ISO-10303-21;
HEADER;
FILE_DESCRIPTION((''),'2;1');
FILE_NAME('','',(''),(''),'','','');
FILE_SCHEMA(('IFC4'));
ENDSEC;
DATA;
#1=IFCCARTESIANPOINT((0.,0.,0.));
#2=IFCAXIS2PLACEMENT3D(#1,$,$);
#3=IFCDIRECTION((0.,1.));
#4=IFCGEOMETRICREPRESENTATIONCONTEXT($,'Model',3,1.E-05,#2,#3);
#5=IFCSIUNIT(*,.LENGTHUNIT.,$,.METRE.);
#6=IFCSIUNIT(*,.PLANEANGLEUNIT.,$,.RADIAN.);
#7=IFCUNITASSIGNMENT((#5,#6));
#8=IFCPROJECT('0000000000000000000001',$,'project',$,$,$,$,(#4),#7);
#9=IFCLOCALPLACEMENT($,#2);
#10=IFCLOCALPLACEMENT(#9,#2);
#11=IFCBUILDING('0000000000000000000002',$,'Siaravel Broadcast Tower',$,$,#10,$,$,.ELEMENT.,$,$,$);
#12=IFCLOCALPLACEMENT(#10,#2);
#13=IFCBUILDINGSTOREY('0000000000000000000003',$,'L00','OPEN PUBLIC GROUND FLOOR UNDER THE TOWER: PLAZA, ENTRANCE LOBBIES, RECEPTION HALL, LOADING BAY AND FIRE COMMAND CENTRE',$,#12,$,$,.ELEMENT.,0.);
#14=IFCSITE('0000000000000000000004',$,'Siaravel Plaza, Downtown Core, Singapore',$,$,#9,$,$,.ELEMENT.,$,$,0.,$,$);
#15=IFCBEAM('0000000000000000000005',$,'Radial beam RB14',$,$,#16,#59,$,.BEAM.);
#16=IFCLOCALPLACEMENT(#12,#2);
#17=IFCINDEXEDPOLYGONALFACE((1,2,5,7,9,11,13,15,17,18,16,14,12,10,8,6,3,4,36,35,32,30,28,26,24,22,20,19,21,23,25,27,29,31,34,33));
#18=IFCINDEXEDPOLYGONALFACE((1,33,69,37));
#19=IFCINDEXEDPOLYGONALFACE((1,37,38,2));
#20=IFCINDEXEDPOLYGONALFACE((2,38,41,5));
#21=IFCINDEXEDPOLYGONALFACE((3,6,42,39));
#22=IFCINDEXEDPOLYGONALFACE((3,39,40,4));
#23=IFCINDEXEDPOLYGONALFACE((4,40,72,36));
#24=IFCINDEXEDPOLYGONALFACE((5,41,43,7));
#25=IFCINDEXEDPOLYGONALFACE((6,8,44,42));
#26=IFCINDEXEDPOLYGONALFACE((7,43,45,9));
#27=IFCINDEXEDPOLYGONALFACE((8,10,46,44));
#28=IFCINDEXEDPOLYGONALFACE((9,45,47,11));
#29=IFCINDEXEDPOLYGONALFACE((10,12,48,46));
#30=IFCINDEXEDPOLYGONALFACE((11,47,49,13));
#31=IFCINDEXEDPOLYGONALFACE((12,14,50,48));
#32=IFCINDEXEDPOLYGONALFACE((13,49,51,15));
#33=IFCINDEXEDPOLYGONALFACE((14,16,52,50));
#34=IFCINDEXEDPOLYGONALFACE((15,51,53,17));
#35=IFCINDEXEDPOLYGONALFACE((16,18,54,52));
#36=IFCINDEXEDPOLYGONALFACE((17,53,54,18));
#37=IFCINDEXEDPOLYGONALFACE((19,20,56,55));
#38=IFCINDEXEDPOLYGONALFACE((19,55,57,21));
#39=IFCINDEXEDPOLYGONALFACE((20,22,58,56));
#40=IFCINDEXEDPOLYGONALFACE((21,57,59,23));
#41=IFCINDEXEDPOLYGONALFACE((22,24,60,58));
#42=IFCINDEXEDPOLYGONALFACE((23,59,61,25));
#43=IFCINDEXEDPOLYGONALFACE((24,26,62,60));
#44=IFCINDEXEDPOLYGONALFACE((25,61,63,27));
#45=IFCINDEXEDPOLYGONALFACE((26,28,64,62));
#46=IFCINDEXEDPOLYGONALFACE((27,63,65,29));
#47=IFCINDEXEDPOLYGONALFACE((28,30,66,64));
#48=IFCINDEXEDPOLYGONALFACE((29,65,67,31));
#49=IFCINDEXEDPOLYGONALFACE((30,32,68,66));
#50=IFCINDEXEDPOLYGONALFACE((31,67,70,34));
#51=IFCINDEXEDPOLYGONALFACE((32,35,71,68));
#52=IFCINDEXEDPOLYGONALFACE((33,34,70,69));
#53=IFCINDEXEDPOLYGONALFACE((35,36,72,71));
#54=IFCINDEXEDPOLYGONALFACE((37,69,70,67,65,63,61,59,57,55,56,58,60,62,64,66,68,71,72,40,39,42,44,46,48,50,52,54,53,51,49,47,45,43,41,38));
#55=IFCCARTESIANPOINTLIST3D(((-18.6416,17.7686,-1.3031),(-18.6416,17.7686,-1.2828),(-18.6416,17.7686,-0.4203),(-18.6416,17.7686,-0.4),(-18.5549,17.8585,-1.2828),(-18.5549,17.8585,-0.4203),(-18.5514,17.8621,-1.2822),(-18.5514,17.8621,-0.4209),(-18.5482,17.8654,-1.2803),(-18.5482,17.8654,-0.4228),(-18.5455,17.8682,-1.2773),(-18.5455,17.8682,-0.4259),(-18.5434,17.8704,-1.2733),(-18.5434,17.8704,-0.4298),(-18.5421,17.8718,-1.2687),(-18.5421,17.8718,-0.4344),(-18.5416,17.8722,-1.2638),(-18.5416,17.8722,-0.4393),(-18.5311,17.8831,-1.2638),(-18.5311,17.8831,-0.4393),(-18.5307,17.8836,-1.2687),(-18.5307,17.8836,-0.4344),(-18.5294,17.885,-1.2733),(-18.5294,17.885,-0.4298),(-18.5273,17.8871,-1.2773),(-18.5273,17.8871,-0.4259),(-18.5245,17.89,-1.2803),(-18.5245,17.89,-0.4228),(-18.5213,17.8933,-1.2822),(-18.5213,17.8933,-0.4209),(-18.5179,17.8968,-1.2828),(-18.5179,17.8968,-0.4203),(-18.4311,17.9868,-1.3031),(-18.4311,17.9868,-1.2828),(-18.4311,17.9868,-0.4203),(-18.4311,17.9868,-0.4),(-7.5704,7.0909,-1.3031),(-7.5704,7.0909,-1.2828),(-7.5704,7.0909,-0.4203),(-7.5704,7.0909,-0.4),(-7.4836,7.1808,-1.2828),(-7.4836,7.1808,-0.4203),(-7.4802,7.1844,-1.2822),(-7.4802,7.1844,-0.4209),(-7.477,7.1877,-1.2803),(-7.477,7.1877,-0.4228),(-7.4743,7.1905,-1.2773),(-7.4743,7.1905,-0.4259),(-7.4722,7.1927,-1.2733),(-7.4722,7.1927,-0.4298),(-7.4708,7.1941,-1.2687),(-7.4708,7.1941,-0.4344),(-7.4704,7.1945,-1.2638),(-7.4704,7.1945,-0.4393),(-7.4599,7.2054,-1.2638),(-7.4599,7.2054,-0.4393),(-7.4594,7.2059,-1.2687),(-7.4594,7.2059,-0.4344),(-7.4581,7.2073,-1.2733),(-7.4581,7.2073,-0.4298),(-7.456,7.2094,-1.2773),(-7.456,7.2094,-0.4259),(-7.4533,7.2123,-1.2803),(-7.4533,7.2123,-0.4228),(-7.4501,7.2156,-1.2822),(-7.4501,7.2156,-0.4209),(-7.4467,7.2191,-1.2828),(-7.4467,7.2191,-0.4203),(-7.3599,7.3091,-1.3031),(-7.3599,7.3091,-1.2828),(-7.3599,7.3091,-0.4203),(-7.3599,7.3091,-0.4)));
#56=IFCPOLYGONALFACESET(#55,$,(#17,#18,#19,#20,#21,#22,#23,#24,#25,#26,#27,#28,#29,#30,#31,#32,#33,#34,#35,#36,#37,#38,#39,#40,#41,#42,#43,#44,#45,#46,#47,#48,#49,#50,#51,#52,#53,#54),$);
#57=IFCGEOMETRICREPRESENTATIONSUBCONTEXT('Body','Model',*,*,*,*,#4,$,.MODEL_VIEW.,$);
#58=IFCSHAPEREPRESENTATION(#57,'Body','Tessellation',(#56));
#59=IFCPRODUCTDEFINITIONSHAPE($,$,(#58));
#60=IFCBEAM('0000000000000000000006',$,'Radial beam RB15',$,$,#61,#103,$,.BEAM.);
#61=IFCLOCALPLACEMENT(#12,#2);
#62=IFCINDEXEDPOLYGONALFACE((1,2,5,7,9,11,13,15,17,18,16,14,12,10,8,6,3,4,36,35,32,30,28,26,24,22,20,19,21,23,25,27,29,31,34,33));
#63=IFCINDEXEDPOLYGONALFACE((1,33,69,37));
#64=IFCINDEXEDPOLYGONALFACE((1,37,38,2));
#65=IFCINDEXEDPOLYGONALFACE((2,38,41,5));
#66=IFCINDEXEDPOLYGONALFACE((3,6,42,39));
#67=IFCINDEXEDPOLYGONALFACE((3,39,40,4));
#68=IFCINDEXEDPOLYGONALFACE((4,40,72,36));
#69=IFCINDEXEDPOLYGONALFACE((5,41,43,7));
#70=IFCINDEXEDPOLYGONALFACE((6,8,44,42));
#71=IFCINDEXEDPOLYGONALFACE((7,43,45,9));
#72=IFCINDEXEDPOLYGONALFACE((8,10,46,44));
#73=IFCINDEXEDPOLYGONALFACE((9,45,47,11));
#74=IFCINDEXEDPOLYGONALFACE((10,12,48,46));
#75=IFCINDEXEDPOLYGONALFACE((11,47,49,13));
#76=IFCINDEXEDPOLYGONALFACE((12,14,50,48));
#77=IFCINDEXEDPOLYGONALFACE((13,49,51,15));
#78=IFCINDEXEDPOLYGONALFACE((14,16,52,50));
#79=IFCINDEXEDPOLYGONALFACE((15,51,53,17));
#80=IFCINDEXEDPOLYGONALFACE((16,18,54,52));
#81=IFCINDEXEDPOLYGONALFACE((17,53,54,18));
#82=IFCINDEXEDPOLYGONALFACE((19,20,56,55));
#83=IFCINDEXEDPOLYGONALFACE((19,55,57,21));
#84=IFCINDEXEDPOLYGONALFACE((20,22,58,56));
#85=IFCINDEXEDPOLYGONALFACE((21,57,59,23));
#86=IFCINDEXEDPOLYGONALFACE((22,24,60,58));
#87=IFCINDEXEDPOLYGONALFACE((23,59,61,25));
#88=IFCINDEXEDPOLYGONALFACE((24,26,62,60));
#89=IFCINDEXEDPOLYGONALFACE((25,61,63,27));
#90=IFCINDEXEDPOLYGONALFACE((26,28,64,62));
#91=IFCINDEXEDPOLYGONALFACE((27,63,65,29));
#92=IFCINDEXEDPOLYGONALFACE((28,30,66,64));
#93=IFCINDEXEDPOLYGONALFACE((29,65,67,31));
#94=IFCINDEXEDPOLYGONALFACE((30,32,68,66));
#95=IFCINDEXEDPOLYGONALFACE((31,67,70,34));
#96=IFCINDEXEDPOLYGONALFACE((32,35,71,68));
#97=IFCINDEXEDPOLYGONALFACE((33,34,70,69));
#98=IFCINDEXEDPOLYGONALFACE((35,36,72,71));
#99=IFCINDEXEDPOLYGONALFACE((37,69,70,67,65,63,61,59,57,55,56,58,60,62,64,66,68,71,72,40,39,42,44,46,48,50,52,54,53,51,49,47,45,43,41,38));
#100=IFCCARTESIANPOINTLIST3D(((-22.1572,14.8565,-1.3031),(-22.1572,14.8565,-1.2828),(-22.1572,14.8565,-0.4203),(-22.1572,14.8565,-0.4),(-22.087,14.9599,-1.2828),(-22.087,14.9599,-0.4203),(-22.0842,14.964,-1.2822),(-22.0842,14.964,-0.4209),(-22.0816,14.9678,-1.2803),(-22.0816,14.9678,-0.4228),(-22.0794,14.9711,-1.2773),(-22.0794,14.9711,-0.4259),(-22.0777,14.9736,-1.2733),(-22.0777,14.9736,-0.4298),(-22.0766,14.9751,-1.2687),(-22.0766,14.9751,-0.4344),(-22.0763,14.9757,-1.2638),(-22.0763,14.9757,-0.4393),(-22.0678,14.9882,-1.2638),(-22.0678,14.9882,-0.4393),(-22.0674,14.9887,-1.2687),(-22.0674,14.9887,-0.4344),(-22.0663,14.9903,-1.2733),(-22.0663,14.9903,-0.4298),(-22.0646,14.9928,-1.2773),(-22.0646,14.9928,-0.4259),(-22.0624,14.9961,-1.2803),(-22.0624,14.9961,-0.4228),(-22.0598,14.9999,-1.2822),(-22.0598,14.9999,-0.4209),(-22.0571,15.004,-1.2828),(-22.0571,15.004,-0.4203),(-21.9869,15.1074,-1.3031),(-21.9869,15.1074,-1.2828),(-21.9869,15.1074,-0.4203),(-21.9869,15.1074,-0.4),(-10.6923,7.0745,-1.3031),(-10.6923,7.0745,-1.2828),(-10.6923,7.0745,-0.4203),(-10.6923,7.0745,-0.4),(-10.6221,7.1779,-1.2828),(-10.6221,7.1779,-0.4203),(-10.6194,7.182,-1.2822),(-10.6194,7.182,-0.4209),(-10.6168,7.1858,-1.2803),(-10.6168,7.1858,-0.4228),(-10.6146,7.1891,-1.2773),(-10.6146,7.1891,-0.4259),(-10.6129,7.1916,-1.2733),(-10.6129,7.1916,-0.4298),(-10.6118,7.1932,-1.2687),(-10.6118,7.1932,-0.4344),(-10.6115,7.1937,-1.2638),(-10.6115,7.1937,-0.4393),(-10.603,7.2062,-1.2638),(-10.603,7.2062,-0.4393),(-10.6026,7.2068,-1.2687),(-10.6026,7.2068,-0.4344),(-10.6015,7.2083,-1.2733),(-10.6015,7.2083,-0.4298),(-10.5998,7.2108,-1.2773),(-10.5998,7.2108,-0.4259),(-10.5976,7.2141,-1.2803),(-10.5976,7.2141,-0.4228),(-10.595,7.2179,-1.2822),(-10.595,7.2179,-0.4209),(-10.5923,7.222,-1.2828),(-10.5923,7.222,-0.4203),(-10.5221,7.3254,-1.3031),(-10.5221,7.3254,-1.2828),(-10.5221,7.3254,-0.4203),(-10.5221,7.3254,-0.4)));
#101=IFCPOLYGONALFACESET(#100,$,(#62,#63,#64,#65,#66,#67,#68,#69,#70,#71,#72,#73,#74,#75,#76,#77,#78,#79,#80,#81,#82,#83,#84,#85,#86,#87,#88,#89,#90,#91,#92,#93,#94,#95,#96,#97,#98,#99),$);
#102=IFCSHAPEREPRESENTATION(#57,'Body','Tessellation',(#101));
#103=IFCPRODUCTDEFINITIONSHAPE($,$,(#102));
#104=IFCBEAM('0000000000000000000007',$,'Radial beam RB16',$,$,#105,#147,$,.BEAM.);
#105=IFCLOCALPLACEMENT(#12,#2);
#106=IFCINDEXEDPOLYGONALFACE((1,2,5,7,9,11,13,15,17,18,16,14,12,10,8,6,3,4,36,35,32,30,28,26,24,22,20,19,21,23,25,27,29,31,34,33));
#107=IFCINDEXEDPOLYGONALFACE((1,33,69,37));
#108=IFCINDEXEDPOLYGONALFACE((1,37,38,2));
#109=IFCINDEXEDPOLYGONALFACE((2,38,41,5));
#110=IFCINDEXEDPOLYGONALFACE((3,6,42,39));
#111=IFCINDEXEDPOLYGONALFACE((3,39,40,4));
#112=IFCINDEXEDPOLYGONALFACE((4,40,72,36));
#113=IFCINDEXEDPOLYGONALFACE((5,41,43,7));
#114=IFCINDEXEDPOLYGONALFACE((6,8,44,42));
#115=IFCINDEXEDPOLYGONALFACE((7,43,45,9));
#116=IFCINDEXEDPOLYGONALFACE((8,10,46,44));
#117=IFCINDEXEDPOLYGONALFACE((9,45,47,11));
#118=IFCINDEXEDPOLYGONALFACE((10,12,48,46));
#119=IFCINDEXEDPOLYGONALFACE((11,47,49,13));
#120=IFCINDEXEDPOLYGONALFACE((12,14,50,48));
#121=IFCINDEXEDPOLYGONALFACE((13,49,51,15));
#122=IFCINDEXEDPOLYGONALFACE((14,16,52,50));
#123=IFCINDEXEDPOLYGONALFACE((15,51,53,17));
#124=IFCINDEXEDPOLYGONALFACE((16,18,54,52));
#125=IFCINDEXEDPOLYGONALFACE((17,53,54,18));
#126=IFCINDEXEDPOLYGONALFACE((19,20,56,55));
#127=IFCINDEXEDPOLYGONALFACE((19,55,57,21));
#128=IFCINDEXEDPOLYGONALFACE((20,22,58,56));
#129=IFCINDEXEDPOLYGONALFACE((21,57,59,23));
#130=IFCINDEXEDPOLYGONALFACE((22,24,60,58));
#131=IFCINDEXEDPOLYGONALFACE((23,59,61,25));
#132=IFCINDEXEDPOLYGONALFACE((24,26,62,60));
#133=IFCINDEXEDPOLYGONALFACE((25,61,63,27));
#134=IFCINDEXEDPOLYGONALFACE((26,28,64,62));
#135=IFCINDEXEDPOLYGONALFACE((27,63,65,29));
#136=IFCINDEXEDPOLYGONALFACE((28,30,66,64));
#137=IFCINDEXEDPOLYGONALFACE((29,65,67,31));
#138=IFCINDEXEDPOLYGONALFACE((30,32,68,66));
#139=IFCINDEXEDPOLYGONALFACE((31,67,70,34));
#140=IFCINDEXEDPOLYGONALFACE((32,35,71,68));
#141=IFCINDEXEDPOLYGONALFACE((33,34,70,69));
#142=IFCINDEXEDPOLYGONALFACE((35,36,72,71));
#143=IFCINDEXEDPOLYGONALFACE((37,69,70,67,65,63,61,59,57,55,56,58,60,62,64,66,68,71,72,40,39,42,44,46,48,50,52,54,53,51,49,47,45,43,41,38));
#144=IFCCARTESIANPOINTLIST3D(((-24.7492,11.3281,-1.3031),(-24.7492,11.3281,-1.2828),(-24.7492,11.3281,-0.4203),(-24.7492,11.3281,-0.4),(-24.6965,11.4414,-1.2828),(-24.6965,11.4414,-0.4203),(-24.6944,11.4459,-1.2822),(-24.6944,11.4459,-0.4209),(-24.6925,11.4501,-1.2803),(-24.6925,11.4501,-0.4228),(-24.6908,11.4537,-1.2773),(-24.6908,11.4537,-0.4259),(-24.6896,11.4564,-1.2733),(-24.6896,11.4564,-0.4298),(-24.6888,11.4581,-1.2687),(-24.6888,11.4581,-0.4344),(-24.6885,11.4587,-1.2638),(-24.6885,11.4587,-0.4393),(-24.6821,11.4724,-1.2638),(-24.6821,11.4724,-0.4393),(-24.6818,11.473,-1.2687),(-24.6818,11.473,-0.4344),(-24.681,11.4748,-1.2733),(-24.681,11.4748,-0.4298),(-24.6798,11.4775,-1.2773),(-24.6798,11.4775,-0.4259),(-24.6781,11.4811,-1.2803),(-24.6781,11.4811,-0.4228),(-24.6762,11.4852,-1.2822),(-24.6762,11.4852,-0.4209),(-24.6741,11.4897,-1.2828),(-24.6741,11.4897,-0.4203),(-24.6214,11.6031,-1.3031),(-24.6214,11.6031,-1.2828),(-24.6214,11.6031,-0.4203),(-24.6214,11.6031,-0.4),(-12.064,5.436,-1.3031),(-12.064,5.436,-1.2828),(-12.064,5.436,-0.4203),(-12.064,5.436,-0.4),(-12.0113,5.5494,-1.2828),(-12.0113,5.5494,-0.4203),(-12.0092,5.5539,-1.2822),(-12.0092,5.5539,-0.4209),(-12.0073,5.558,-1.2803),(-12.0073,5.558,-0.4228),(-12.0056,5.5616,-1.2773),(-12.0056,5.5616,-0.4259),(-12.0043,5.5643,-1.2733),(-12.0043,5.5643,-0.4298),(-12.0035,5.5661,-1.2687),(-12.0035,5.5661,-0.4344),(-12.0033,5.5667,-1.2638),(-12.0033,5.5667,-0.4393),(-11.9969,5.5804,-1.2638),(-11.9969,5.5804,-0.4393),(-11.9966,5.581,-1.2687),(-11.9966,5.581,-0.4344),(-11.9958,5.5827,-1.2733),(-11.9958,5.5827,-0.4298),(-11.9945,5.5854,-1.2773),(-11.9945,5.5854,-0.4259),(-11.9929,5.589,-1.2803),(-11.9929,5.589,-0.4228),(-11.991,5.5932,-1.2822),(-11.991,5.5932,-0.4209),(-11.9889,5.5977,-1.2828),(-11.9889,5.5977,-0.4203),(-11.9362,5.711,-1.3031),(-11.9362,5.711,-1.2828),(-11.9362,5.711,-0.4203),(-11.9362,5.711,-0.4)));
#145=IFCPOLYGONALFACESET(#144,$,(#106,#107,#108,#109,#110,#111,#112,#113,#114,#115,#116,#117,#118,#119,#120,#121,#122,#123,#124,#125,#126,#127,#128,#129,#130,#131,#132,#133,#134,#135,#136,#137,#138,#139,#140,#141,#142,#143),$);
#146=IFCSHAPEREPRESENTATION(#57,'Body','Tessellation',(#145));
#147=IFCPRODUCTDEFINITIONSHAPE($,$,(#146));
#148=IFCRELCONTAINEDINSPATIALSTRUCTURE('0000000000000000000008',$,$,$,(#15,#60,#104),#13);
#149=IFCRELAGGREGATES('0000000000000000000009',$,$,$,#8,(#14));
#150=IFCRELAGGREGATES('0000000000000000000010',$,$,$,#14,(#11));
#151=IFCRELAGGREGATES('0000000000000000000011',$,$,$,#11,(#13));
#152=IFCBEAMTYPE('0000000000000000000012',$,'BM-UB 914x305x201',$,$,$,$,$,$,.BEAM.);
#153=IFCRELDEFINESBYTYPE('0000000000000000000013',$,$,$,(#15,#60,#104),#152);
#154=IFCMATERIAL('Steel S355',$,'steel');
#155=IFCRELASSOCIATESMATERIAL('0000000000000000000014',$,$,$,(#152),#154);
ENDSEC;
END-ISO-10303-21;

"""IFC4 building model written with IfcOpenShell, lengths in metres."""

from ifc_helpers import new_model, si_unit, direction, frame, origin, origin_2d, place, context, subcontext, project, spatial, i_section, extrude, material, material_profile, profile_set, type_object, element, save


model = new_model("IFC4")

# Units and contexts
model_context = context("Model", 3, precision=1e-05, world=origin(), true_north=direction((0.0, 1.0)))
body_context = subcontext(model_context, "Body", "Model", "MODEL_VIEW")
ifc_project = project(units=[si_unit("LENGTHUNIT", "METRE"), si_unit("PLANEANGLEUNIT", "RADIAN")], contexts=[model_context])

# Site, building, storey
site_placement = place(None, origin())
site = spatial("IfcSite", under=ifc_project, at=site_placement, Name="Siaravel Plaza, Downtown Core, Singapore", CompositionType="ELEMENT", RefElevation=0.0)
building_placement = place(site_placement, origin())
building = spatial("IfcBuilding", under=site, at=building_placement, Name="Siaravel Broadcast Tower", CompositionType="ELEMENT")
storey_placement = place(building_placement, origin())
storey = spatial("IfcBuildingStorey", under=building, at=storey_placement, Name="L00", Description="OPEN PUBLIC GROUND FLOOR UNDER THE TOWER: PLAZA, ENTRANCE LOBBIES, RECEPTION HALL, LOADING BAY AND FIRE COMMAND CENTRE", CompositionType="ELEMENT", Elevation=0.0)

# Beams
ifc_material_1 = material(Name="Steel S355", Category="steel")
ifc_material_profile_1 = material_profile(ifc_material_1, i_section(OverallWidth=0.3032, OverallDepth=0.9031, WebThickness=0.0151, FlangeThickness=0.0203, FilletRadius=0.019, at=origin_2d()))
ifc_profile_set_1 = profile_set([ifc_material_profile_1], Name="Steel S355")
beam_type = type_object("IfcBeamType", Name="BM-UB 914x305x201", PredefinedType="BEAM", material=ifc_profile_set_1)
beam_1_placement = place(storey_placement, frame((-18.5364, 17.8777, -0.8516), z_axis=(0.719784, -0.694198, 0.0), x_axis=(0.694198, 0.719784, 0.0)))
element("IfcBeam", 1, at=beam_1_placement, inside=storey, type_object=beam_type, Name="Radial beam RB14", PredefinedType="BEAM", context=body_context, shape_type="SweptSolid", body=[
    extrude(i_section(OverallWidth=0.3032, OverallDepth=0.9031, WebThickness=0.0151, FlangeThickness=0.0203, FilletRadius=0.019, at=origin_2d()), origin(), (0.0, 0.0, 1.0), 15.3813),
])
beam_2_placement = place(storey_placement, frame((-22.072, 14.9819, -0.8516), z_axis=(0.8274, -0.561613, 0.0), x_axis=(0.561613, 0.8274, 0.0)))
element("IfcBeam", 2, at=beam_2_placement, inside=storey, type_object=beam_type, Name="Radial beam RB15", PredefinedType="BEAM", context=body_context, shape_type="SweptSolid", body=[
    extrude(i_section(OverallWidth=0.3032, OverallDepth=0.9031, WebThickness=0.0151, FlangeThickness=0.0203, FilletRadius=0.019, at=origin_2d()), origin(), (0.0, 0.0, 1.0), 13.8564),
])
beam_3_placement = place(storey_placement, frame((-24.6853, 11.4656, -0.8516), z_axis=(0.906941, -0.421257, 0.0), x_axis=(0.421257, 0.906941, 0.0)))
element("IfcBeam", 3, at=beam_3_placement, inside=storey, type_object=beam_type, Name="Radial beam RB16", PredefinedType="BEAM", context=body_context, shape_type="SweptSolid", body=[
    extrude(i_section(OverallWidth=0.3032, OverallDepth=0.9031, WebThickness=0.0151, FlangeThickness=0.0203, FilletRadius=0.019, at=origin_2d()), origin(), (0.0, 0.0, 1.0), 13.9868),
])

save(model, "model.ifc")
